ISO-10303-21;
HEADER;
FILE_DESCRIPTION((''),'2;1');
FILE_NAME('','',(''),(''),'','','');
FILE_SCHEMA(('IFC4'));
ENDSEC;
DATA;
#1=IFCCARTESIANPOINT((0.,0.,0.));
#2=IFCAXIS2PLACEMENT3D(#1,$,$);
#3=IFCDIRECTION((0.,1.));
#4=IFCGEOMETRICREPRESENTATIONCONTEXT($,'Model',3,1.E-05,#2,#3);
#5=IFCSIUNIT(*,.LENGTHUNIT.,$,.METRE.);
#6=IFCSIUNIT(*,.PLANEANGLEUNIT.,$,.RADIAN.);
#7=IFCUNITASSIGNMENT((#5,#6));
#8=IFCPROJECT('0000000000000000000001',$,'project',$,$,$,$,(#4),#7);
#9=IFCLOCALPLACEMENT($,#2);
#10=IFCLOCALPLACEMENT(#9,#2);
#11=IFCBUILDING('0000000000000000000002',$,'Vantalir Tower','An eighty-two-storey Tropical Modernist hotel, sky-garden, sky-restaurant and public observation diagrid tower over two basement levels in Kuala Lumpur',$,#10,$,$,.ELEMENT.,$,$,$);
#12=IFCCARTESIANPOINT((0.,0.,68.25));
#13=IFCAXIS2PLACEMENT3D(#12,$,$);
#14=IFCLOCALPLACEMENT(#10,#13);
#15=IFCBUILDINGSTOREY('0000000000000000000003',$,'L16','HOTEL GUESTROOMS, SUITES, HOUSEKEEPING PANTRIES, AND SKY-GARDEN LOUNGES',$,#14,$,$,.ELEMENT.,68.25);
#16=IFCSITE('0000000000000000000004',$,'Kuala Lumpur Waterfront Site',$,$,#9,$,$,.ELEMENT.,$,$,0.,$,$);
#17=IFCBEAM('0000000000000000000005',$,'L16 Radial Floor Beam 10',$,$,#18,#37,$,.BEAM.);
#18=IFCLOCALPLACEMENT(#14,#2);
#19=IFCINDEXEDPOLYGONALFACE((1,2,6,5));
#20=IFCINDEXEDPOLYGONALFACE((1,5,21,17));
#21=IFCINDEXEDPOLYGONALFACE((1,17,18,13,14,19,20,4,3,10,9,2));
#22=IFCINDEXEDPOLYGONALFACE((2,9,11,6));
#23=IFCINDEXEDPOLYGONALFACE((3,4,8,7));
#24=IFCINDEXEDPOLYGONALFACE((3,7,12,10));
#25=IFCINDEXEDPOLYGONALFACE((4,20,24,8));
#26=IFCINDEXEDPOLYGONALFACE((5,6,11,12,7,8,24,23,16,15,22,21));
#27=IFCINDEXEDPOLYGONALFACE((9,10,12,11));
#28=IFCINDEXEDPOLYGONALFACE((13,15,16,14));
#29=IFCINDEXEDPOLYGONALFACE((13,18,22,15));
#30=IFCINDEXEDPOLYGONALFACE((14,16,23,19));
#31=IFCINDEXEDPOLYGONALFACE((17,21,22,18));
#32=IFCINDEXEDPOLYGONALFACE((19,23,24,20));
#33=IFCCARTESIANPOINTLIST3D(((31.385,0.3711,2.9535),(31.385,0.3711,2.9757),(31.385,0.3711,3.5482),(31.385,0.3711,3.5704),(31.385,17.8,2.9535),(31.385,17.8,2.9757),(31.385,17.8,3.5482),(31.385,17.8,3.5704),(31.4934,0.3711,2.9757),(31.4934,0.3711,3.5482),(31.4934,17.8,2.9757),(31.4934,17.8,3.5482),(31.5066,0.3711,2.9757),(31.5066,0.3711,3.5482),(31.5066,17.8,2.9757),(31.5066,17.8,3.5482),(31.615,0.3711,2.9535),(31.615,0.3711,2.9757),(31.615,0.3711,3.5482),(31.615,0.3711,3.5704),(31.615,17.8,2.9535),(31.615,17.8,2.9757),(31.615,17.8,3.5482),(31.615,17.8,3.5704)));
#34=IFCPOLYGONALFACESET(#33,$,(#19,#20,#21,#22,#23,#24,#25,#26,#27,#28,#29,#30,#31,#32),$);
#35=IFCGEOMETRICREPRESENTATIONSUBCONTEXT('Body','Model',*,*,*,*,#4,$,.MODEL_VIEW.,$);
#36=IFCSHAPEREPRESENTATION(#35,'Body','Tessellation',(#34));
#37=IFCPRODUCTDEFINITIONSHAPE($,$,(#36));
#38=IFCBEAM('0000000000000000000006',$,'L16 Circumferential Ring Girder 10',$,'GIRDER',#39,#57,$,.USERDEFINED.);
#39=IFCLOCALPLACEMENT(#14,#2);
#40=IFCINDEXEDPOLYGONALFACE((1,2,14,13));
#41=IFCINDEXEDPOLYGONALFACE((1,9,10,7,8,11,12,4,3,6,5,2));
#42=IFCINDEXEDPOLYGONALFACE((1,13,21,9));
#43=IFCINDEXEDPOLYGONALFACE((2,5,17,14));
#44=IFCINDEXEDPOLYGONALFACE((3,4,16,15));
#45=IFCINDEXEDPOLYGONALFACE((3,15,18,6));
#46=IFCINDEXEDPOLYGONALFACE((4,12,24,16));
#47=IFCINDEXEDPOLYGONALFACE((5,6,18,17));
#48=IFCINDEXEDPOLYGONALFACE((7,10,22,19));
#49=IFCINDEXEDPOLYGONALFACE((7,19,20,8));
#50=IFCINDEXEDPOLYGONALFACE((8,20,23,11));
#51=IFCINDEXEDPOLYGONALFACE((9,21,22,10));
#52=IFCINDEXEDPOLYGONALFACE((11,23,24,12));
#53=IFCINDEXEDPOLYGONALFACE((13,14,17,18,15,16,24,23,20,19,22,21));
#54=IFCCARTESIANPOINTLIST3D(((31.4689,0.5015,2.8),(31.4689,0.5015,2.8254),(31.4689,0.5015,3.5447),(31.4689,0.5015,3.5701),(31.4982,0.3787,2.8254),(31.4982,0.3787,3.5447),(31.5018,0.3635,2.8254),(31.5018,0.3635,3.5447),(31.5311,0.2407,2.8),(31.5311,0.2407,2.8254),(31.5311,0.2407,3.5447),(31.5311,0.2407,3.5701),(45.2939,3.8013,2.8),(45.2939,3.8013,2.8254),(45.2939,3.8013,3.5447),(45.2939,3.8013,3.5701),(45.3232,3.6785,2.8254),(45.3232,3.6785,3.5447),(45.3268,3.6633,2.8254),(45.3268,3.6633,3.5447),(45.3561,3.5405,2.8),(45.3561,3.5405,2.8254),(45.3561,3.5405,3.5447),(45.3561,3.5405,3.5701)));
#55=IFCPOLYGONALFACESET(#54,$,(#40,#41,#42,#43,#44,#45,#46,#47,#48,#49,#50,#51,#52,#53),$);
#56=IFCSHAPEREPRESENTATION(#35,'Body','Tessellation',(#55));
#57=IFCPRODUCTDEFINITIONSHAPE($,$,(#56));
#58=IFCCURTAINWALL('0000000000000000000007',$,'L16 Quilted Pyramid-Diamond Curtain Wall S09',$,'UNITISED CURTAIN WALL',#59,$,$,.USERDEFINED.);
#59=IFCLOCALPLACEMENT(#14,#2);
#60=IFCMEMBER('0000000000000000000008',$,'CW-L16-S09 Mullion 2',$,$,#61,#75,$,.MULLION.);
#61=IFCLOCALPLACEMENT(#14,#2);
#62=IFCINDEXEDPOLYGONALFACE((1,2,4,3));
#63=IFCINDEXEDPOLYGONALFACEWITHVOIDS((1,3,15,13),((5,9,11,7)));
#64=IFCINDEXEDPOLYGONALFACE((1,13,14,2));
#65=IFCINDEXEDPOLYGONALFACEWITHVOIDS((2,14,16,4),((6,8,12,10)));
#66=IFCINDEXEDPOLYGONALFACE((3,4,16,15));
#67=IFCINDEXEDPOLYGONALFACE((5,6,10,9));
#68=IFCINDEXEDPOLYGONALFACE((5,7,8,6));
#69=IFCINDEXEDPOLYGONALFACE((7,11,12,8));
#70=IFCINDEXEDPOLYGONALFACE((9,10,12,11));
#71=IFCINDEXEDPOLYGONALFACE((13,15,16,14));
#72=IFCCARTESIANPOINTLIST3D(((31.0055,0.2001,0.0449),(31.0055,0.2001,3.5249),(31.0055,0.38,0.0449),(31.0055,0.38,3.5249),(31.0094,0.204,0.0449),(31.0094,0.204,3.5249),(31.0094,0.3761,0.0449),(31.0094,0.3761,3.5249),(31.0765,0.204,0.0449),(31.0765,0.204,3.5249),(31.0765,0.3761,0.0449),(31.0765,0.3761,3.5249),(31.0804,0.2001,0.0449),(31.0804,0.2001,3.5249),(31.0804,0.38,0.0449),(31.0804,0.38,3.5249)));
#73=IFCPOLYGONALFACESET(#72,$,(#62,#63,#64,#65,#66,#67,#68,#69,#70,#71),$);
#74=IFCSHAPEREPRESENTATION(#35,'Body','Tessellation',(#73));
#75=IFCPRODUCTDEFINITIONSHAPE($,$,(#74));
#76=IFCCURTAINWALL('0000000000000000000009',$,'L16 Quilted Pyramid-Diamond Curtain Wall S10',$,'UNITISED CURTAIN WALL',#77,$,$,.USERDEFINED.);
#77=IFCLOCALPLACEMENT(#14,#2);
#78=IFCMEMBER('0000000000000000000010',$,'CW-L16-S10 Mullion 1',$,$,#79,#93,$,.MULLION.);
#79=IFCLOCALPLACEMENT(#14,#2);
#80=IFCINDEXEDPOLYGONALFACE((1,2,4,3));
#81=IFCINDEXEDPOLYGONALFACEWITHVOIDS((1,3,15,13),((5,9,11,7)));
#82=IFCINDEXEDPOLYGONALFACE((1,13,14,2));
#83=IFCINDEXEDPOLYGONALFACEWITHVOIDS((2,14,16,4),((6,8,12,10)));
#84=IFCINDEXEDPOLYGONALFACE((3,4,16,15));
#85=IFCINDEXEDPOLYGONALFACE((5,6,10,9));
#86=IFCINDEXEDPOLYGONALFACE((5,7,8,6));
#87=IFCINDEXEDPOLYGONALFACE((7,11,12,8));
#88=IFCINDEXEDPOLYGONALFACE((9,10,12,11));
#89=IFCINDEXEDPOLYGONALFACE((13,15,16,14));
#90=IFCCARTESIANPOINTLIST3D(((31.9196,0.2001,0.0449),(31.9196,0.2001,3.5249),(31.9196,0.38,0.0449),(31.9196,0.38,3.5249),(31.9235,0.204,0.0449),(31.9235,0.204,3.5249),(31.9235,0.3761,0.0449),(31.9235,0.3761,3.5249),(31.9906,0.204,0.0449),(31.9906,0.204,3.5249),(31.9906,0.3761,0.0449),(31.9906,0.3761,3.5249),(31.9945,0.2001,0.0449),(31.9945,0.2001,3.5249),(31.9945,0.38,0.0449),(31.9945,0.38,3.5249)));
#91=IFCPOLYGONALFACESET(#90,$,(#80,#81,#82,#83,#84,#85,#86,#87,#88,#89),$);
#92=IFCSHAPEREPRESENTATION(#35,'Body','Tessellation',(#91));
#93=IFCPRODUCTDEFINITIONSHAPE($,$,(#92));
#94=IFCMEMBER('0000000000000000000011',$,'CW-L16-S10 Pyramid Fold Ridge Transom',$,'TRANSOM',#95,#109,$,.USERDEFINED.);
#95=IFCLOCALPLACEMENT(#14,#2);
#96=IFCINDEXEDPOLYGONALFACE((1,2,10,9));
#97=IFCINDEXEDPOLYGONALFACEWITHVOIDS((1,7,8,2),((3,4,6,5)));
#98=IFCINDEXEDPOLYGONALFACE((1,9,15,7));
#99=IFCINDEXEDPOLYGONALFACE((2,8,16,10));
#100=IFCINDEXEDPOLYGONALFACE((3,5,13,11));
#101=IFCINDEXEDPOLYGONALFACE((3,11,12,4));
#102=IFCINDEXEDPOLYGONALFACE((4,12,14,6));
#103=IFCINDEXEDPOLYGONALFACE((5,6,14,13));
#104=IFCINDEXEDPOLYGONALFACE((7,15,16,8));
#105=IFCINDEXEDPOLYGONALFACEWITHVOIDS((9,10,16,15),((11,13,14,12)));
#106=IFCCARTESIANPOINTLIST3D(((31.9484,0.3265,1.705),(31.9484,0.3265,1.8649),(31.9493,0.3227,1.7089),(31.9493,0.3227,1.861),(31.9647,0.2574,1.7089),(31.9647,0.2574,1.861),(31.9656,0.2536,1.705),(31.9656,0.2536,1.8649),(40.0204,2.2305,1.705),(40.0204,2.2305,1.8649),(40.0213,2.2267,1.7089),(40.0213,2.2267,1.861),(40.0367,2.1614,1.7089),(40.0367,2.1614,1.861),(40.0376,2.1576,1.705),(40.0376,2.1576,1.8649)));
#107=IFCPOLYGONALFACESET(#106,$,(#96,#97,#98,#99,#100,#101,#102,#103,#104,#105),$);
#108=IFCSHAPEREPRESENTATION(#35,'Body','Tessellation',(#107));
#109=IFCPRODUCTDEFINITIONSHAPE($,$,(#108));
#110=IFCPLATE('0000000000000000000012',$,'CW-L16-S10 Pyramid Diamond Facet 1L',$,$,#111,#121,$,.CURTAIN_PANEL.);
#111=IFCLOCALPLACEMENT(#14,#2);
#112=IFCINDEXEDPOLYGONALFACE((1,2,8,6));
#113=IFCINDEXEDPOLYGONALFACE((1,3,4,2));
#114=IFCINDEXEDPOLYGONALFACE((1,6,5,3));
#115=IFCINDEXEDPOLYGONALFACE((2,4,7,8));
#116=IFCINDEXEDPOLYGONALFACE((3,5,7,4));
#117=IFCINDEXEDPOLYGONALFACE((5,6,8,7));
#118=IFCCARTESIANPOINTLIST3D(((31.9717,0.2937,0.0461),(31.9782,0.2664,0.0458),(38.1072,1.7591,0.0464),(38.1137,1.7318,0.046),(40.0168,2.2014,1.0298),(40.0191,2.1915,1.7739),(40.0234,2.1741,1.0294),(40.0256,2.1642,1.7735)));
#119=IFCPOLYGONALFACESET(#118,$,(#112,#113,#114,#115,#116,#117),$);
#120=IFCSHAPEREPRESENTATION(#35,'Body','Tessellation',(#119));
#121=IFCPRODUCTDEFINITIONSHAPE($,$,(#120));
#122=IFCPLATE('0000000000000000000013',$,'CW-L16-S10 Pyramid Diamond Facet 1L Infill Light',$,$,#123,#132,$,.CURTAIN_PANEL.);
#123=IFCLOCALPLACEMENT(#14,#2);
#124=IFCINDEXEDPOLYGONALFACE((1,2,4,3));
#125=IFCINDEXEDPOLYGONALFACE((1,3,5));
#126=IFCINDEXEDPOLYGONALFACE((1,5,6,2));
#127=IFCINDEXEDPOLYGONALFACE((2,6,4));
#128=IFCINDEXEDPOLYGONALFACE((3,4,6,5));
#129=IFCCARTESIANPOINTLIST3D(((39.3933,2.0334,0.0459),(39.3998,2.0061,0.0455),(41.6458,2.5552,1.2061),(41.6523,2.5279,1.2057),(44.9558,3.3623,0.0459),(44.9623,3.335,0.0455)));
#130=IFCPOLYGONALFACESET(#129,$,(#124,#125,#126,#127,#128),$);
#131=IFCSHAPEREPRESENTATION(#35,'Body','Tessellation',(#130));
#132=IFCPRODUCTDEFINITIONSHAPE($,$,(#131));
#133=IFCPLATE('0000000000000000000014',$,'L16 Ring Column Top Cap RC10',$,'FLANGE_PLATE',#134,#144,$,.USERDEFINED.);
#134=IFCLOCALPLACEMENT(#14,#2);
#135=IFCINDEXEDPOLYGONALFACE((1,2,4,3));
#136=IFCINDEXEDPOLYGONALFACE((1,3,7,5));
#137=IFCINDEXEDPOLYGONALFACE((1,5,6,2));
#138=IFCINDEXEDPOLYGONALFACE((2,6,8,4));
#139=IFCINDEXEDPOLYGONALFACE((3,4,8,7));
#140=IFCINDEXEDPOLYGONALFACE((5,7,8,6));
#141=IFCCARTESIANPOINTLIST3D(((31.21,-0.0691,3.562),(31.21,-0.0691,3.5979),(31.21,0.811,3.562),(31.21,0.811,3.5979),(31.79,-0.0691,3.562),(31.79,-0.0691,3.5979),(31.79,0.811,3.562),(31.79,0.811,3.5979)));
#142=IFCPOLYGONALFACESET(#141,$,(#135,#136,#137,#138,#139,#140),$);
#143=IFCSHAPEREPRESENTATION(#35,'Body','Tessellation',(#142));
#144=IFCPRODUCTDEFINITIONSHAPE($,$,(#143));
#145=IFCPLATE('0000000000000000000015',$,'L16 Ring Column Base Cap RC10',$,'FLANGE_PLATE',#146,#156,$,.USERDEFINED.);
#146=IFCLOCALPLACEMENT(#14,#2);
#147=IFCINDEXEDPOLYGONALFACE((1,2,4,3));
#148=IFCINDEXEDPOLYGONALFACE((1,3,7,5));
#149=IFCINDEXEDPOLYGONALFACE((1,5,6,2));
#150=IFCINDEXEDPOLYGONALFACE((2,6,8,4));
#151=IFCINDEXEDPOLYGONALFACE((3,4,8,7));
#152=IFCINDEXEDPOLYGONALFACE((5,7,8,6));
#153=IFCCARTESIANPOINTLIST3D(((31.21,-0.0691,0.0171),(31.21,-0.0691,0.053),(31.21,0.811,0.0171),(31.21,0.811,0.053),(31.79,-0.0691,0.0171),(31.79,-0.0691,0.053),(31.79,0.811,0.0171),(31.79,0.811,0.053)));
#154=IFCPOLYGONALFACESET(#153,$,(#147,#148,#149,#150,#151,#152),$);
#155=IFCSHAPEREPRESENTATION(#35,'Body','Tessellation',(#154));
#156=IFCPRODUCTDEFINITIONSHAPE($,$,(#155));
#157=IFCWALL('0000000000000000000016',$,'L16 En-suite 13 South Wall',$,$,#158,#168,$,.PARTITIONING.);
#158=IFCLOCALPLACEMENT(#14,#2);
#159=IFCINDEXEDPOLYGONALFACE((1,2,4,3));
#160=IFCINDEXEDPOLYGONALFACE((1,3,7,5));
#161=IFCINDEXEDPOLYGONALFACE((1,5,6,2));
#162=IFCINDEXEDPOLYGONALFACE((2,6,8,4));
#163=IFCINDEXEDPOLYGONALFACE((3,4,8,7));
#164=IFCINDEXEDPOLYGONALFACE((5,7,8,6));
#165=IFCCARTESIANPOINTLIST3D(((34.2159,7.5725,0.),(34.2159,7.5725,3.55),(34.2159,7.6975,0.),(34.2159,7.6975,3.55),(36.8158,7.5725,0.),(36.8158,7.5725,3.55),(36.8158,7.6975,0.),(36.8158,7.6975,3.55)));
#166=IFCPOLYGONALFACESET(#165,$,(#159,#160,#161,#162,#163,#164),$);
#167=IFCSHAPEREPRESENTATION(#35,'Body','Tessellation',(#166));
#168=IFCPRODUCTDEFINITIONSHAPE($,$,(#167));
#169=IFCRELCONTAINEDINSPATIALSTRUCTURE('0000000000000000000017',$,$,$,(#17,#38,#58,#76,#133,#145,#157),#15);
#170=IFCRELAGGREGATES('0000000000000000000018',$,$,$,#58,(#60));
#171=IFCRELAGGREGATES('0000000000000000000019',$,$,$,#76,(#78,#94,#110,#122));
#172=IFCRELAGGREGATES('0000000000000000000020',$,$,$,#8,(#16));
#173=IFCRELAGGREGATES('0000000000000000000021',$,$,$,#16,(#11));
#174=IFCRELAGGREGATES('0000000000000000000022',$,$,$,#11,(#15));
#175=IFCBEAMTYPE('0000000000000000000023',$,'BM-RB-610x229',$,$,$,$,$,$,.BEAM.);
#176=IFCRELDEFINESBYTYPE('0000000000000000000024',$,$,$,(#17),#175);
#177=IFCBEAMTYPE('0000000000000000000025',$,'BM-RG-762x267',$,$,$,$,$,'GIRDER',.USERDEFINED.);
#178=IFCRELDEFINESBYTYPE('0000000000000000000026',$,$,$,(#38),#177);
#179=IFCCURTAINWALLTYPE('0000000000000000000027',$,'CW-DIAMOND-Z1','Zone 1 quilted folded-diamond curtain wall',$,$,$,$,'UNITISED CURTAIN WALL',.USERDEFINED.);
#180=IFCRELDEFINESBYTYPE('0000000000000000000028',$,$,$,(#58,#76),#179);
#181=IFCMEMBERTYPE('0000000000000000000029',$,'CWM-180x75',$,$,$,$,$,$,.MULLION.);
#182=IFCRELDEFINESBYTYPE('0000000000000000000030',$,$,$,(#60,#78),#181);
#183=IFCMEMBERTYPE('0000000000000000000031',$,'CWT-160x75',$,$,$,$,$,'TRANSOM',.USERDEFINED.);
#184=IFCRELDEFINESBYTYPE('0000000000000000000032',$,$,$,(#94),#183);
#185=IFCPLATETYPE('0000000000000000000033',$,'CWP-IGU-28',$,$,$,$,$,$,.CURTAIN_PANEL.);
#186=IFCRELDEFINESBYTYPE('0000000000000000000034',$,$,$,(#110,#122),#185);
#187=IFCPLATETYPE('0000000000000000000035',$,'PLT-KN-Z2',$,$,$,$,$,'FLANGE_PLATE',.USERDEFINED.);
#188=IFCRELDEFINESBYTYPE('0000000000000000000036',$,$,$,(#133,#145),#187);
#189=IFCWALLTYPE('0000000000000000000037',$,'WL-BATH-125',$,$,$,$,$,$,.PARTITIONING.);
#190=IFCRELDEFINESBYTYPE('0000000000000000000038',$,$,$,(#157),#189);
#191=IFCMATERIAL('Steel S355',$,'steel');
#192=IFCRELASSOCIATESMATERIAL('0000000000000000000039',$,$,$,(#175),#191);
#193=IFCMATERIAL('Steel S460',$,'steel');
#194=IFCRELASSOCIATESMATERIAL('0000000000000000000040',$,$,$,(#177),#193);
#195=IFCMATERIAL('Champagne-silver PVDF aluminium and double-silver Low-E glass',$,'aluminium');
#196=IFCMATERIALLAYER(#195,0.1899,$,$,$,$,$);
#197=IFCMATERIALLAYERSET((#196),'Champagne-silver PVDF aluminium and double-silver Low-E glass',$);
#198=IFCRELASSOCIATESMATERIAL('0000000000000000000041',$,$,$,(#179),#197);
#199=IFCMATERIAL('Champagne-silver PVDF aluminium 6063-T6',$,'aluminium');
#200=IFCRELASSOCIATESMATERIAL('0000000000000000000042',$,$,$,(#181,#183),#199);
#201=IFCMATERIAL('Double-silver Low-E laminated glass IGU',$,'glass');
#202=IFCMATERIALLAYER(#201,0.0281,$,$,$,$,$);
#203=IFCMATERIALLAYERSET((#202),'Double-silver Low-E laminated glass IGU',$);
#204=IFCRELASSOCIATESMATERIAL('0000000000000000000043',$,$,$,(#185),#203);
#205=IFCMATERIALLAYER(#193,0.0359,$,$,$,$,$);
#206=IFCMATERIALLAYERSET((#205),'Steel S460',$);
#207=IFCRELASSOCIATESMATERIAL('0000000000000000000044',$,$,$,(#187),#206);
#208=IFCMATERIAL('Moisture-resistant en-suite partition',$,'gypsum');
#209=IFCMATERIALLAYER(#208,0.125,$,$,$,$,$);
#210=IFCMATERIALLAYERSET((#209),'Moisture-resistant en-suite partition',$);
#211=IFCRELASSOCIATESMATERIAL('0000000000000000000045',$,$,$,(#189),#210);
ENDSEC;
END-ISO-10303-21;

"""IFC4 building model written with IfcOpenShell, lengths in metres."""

from ifc_helpers import new_model, si_unit, direction, frame, frame_2d, origin, origin_2d, place, context, subcontext, project, spatial, polyline, rectangle, hollow_rectangle, i_section, outline, extrude, material, layer, layer_set, material_profile, profile_set, type_object, element, aggregate, save


model = new_model("IFC4")

# Units and contexts
model_context = context("Model", 3, precision=1e-05, world=origin(), true_north=direction((0.0, 1.0)))
body_context = subcontext(model_context, "Body", "Model", "MODEL_VIEW")
ifc_project = project(units=[si_unit("LENGTHUNIT", "METRE"), si_unit("PLANEANGLEUNIT", "RADIAN")], contexts=[model_context])

# Site, building, storey
site_placement = place(None, origin())
site = spatial("IfcSite", under=ifc_project, at=site_placement, Name="Kuala Lumpur Waterfront Site", CompositionType="ELEMENT", RefElevation=0.0)
building_placement = place(site_placement, origin())
building = spatial("IfcBuilding", under=site, at=building_placement, Name="Vantalir Tower", Description="An eighty-two-storey Tropical Modernist hotel, sky-garden, sky-restaurant and public observation diagrid tower over two basement levels in Kuala Lumpur", CompositionType="ELEMENT")
storey_placement = place(building_placement, frame((0.0, 0.0, 68.25)))
storey = spatial("IfcBuildingStorey", under=building, at=storey_placement, Name="L16", Description="HOTEL GUESTROOMS, SUITES, HOUSEKEEPING PANTRIES, AND SKY-GARDEN LOUNGES", CompositionType="ELEMENT", Elevation=68.25)

# Shared definitions
ifc_material_1 = material(Name="Steel S460", Category="steel")

# Beams
ifc_material_2 = material(Name="Steel S355", Category="steel")
ifc_material_profile_1 = material_profile(ifc_material_2, i_section(OverallWidth=0.23, OverallDepth=0.6169, WebThickness=0.0132, FlangeThickness=0.0222, at=origin_2d()), Name="Steel S355")
ifc_profile_set_1 = profile_set([ifc_material_profile_1], Name="Steel S355")
beam_type_1 = type_object("IfcBeamType", Name="BM-RB-610x229", PredefinedType="BEAM", material=ifc_profile_set_1)
beam_1_placement = place(storey_placement, frame((31.5, 0.3711, 3.262), z_axis=(0.0, 1.0, 0.0), x_axis=(-1.0, 0.0, 0.0)))
element("IfcBeam", 1, at=beam_1_placement, inside=storey, type_object=beam_type_1, Name="L16 Radial Floor Beam 10", PredefinedType="BEAM", context=body_context, shape_type="SweptSolid", body=[
    extrude(i_section(OverallWidth=0.23, OverallDepth=0.6169, WebThickness=0.0132, FlangeThickness=0.0222, at=origin_2d()), origin(), (0.0, 0.0, 1.0), 17.429),
])
ifc_material_profile_2 = material_profile(ifc_material_1, i_section(OverallWidth=0.2681, OverallDepth=0.77, WebThickness=0.0156, FlangeThickness=0.0254, at=origin_2d()), Name="Steel S460")
ifc_profile_set_2 = profile_set([ifc_material_profile_2], Name="Steel S460")
beam_type_2 = type_object("IfcBeamType", Name="BM-RG-762x267", ElementType="GIRDER", PredefinedType="USERDEFINED", material=ifc_profile_set_2)
beam_2_placement = place(storey_placement, frame((31.5, 0.3711, 3.1851), z_axis=(0.972677, 0.232163, 0.0), x_axis=(-0.232163, 0.972677, 0.0)))
element("IfcBeam", 2, at=beam_2_placement, inside=storey, type_object=beam_type_2, Name="L16 Circumferential Ring Girder 10", ObjectType="GIRDER", PredefinedType="USERDEFINED", context=body_context, shape_type="SweptSolid", body=[
    extrude(i_section(OverallWidth=0.2681, OverallDepth=0.77, WebThickness=0.0156, FlangeThickness=0.0254, at=origin_2d()), origin(), (0.0, 0.0, 1.0), 14.2134),
])

# Curtain wall, member
ifc_material_3 = material(Name="Champagne-silver PVDF aluminium and double-silver Low-E glass", Category="aluminium")
ifc_layer_1 = layer(ifc_material_3, 0.1899)
ifc_layer_set_1 = layer_set([ifc_layer_1], Name="Champagne-silver PVDF aluminium and double-silver Low-E glass")
curtain_wall_type = type_object("IfcCurtainWallType", Name="CW-DIAMOND-Z1", Description="Zone 1 quilted folded-diamond curtain wall", ElementType="UNITISED CURTAIN WALL", PredefinedType="USERDEFINED", material=ifc_layer_set_1)
curtain_wall_1_placement = place(storey_placement, origin())
curtain_wall_1 = element("IfcCurtainWall", 3, at=curtain_wall_1_placement, inside=storey, type_object=curtain_wall_type, Name="L16 Quilted Pyramid-Diamond Curtain Wall S09", ObjectType="UNITISED CURTAIN WALL", PredefinedType="USERDEFINED")
ifc_material_4 = material(Name="Champagne-silver PVDF aluminium 6063-T6", Category="aluminium")
ifc_material_profile_3 = material_profile(ifc_material_4, hollow_rectangle(XDim=0.075, YDim=0.1799, WallThickness=0.0039, at=origin_2d()), Name="Champagne-silver PVDF aluminium 6063-T6")
ifc_profile_set_3 = profile_set([ifc_material_profile_3], Name="Champagne-silver PVDF aluminium 6063-T6")
member_type_1 = type_object("IfcMemberType", Name="CWM-180x75", PredefinedType="MULLION", material=ifc_profile_set_3)
member_1_placement = place(storey_placement, frame((31.043, 0.29, 0.0449), z_axis=(0.0, 0.0, 1.0), x_axis=(1.0, 0.0, 0.0)))
member_1 = element("IfcMember", 4, at=member_1_placement, type_object=member_type_1, Name="CW-L16-S09 Mullion 2", PredefinedType="MULLION", context=body_context, shape_type="SweptSolid", body=[
    extrude(hollow_rectangle(XDim=0.075, YDim=0.1799, WallThickness=0.0039, at=origin_2d()), origin(), (0.0, 0.0, 1.0), 3.48),
])
aggregate(curtain_wall_1, [member_1])

# Curtain wall, members, plates
curtain_wall_2_placement = place(storey_placement, origin())
curtain_wall_2 = element("IfcCurtainWall", 5, at=curtain_wall_2_placement, inside=storey, type_object=curtain_wall_type, Name="L16 Quilted Pyramid-Diamond Curtain Wall S10", ObjectType="UNITISED CURTAIN WALL", PredefinedType="USERDEFINED")
member_2_placement = place(storey_placement, frame((31.957, 0.29, 0.0449), z_axis=(0.0, 0.0, 1.0), x_axis=(1.0, 0.0, 0.0)))
member_2 = element("IfcMember", 6, at=member_2_placement, type_object=member_type_1, Name="CW-L16-S10 Mullion 1", PredefinedType="MULLION", context=body_context, shape_type="SweptSolid", body=[
    extrude(hollow_rectangle(XDim=0.075, YDim=0.1799, WallThickness=0.0039, at=origin_2d()), origin(), (0.0, 0.0, 1.0), 3.48),
])
ifc_material_profile_4 = material_profile(ifc_material_4, hollow_rectangle(XDim=0.075, YDim=0.1599, WallThickness=0.0039, at=origin_2d()), Name="Champagne-silver PVDF aluminium 6063-T6")
ifc_profile_set_4 = profile_set([ifc_material_profile_4], Name="Champagne-silver PVDF aluminium 6063-T6")
member_type_2 = type_object("IfcMemberType", Name="CWT-160x75", ElementType="TRANSOM", PredefinedType="USERDEFINED", material=ifc_profile_set_4)
member_3_placement = place(storey_placement, frame((31.957, 0.29, 1.7849), z_axis=(0.973289, 0.229582, 0.0), x_axis=(-0.229582, 0.973289, 0.0)))
member_3 = element("IfcMember", 7, at=member_3_placement, type_object=member_type_2, Name="CW-L16-S10 Pyramid Fold Ridge Transom", ObjectType="TRANSOM", PredefinedType="USERDEFINED", context=body_context, shape_type="SweptSolid", body=[
    extrude(hollow_rectangle(XDim=0.075, YDim=0.1599, WallThickness=0.0039, at=origin_2d()), origin(), (0.0, 0.0, 1.0), 8.2935),
])
ifc_material_5 = material(Name="Double-silver Low-E laminated glass IGU", Category="glass")
ifc_layer_2 = layer(ifc_material_5, 0.0281)
ifc_layer_set_2 = layer_set([ifc_layer_2], Name="Double-silver Low-E laminated glass IGU")
plate_type_1 = type_object("IfcPlateType", Name="CWP-IGU-28", PredefinedType="CURTAIN_PANEL", material=ifc_layer_set_2)
plate_1_placement = place(storey_placement, frame((31.9717, 0.2937, 0.0461), z_axis=(-0.232287, 0.972551, 0.013659), x_axis=(0.972642, 0.232308, 0.000038)))
plate_1 = element("IfcPlate", 8, at=plate_1_placement, type_object=plate_type_1, Name="CW-L16-S10 Pyramid Diamond Facet 1L", PredefinedType="CURTAIN_PANEL", context=body_context, shape_type="SweptSolid", body=[
    extrude(outline(polyline([(0.0, 0.0), (6.3081, 0.0), (8.2683, -0.9834), (8.2682, -1.7276), (0.0, 0.0)])), origin(), (0.0, 0.0, -1.0), 0.0281),
])
plate_2_placement = place(storey_placement, frame((39.3933, 2.0334, 0.0459), z_axis=(-0.232335, 0.972539, 0.013723), x_axis=(0.972631, 0.232357, 0.0)))
plate_2 = element("IfcPlate", 9, at=plate_2_placement, type_object=plate_type_1, Name="CW-L16-S10 Pyramid Diamond Facet 1L Infill Light", PredefinedType="CURTAIN_PANEL", context=body_context, shape_type="SweptSolid", body=[
    extrude(outline(polyline([(0.0, 0.0), (5.719, 0.0), (2.312, -1.1603), (0.0, 0.0)])), origin(), (0.0, 0.0, -1.0), 0.0281),
])
aggregate(curtain_wall_2, [member_2, member_3, plate_1, plate_2])

# Plates
ifc_layer_3 = layer(ifc_material_1, 0.0359)
ifc_layer_set_3 = layer_set([ifc_layer_3], Name="Steel S460")
plate_type_2 = type_object("IfcPlateType", Name="PLT-KN-Z2", ElementType="FLANGE_PLATE", PredefinedType="USERDEFINED", material=ifc_layer_set_3)
for number, where, z_axis, x_axis, name in (
    (10, (31.21, 0.811, 3.5979), (0.0, 0.0, 1.0), (0.0, -1.0, 0.0), "L16 Ring Column Top Cap RC10"),
    (11, (31.21, 0.811, 0.053), (0.0, 0.0, 1.0), (0.0, -1.0, 0.0), "L16 Ring Column Base Cap RC10"),
):
    element("IfcPlate", number, at=place(storey_placement, frame(where, z_axis=z_axis, x_axis=x_axis)), inside=storey, type_object=plate_type_2, Name=name, ObjectType="FLANGE_PLATE", PredefinedType="USERDEFINED", context=body_context, shape_type="SweptSolid", body=[
        extrude(outline(polyline([(0.0, 0.0), (0.8801, 0.0), (0.8801, 0.5801), (0.0, 0.5801), (0.0, 0.0)])), origin(), (0.0, 0.0, -1.0), 0.0359),
    ])

# Wall
ifc_material_6 = material(Name="Moisture-resistant en-suite partition", Category="gypsum")
ifc_layer_4 = layer(ifc_material_6, 0.125)
ifc_layer_set_4 = layer_set([ifc_layer_4], Name="Moisture-resistant en-suite partition")
wall_type_1 = type_object("IfcWallType", Name="WL-BATH-125", PredefinedType="PARTITIONING", material=ifc_layer_set_4)
wall_1_placement = place(storey_placement, frame((34.2161, 7.635, 0.0), z_axis=(0.0, 0.0, 1.0), x_axis=(1.0, 0.0, 0.0)))
element("IfcWall", 12, at=wall_1_placement, inside=storey, type_object=wall_type_1, Name="L16 En-suite 13 South Wall", PredefinedType="PARTITIONING", context=body_context, shape_type="SweptSolid", body=[
    extrude(rectangle(XDim=2.5999, YDim=0.125, at=frame_2d((1.2998, 0.0))), origin(), (0.0, 0.0, 1.0), 3.55),
])

save(model, "model.ifc")
